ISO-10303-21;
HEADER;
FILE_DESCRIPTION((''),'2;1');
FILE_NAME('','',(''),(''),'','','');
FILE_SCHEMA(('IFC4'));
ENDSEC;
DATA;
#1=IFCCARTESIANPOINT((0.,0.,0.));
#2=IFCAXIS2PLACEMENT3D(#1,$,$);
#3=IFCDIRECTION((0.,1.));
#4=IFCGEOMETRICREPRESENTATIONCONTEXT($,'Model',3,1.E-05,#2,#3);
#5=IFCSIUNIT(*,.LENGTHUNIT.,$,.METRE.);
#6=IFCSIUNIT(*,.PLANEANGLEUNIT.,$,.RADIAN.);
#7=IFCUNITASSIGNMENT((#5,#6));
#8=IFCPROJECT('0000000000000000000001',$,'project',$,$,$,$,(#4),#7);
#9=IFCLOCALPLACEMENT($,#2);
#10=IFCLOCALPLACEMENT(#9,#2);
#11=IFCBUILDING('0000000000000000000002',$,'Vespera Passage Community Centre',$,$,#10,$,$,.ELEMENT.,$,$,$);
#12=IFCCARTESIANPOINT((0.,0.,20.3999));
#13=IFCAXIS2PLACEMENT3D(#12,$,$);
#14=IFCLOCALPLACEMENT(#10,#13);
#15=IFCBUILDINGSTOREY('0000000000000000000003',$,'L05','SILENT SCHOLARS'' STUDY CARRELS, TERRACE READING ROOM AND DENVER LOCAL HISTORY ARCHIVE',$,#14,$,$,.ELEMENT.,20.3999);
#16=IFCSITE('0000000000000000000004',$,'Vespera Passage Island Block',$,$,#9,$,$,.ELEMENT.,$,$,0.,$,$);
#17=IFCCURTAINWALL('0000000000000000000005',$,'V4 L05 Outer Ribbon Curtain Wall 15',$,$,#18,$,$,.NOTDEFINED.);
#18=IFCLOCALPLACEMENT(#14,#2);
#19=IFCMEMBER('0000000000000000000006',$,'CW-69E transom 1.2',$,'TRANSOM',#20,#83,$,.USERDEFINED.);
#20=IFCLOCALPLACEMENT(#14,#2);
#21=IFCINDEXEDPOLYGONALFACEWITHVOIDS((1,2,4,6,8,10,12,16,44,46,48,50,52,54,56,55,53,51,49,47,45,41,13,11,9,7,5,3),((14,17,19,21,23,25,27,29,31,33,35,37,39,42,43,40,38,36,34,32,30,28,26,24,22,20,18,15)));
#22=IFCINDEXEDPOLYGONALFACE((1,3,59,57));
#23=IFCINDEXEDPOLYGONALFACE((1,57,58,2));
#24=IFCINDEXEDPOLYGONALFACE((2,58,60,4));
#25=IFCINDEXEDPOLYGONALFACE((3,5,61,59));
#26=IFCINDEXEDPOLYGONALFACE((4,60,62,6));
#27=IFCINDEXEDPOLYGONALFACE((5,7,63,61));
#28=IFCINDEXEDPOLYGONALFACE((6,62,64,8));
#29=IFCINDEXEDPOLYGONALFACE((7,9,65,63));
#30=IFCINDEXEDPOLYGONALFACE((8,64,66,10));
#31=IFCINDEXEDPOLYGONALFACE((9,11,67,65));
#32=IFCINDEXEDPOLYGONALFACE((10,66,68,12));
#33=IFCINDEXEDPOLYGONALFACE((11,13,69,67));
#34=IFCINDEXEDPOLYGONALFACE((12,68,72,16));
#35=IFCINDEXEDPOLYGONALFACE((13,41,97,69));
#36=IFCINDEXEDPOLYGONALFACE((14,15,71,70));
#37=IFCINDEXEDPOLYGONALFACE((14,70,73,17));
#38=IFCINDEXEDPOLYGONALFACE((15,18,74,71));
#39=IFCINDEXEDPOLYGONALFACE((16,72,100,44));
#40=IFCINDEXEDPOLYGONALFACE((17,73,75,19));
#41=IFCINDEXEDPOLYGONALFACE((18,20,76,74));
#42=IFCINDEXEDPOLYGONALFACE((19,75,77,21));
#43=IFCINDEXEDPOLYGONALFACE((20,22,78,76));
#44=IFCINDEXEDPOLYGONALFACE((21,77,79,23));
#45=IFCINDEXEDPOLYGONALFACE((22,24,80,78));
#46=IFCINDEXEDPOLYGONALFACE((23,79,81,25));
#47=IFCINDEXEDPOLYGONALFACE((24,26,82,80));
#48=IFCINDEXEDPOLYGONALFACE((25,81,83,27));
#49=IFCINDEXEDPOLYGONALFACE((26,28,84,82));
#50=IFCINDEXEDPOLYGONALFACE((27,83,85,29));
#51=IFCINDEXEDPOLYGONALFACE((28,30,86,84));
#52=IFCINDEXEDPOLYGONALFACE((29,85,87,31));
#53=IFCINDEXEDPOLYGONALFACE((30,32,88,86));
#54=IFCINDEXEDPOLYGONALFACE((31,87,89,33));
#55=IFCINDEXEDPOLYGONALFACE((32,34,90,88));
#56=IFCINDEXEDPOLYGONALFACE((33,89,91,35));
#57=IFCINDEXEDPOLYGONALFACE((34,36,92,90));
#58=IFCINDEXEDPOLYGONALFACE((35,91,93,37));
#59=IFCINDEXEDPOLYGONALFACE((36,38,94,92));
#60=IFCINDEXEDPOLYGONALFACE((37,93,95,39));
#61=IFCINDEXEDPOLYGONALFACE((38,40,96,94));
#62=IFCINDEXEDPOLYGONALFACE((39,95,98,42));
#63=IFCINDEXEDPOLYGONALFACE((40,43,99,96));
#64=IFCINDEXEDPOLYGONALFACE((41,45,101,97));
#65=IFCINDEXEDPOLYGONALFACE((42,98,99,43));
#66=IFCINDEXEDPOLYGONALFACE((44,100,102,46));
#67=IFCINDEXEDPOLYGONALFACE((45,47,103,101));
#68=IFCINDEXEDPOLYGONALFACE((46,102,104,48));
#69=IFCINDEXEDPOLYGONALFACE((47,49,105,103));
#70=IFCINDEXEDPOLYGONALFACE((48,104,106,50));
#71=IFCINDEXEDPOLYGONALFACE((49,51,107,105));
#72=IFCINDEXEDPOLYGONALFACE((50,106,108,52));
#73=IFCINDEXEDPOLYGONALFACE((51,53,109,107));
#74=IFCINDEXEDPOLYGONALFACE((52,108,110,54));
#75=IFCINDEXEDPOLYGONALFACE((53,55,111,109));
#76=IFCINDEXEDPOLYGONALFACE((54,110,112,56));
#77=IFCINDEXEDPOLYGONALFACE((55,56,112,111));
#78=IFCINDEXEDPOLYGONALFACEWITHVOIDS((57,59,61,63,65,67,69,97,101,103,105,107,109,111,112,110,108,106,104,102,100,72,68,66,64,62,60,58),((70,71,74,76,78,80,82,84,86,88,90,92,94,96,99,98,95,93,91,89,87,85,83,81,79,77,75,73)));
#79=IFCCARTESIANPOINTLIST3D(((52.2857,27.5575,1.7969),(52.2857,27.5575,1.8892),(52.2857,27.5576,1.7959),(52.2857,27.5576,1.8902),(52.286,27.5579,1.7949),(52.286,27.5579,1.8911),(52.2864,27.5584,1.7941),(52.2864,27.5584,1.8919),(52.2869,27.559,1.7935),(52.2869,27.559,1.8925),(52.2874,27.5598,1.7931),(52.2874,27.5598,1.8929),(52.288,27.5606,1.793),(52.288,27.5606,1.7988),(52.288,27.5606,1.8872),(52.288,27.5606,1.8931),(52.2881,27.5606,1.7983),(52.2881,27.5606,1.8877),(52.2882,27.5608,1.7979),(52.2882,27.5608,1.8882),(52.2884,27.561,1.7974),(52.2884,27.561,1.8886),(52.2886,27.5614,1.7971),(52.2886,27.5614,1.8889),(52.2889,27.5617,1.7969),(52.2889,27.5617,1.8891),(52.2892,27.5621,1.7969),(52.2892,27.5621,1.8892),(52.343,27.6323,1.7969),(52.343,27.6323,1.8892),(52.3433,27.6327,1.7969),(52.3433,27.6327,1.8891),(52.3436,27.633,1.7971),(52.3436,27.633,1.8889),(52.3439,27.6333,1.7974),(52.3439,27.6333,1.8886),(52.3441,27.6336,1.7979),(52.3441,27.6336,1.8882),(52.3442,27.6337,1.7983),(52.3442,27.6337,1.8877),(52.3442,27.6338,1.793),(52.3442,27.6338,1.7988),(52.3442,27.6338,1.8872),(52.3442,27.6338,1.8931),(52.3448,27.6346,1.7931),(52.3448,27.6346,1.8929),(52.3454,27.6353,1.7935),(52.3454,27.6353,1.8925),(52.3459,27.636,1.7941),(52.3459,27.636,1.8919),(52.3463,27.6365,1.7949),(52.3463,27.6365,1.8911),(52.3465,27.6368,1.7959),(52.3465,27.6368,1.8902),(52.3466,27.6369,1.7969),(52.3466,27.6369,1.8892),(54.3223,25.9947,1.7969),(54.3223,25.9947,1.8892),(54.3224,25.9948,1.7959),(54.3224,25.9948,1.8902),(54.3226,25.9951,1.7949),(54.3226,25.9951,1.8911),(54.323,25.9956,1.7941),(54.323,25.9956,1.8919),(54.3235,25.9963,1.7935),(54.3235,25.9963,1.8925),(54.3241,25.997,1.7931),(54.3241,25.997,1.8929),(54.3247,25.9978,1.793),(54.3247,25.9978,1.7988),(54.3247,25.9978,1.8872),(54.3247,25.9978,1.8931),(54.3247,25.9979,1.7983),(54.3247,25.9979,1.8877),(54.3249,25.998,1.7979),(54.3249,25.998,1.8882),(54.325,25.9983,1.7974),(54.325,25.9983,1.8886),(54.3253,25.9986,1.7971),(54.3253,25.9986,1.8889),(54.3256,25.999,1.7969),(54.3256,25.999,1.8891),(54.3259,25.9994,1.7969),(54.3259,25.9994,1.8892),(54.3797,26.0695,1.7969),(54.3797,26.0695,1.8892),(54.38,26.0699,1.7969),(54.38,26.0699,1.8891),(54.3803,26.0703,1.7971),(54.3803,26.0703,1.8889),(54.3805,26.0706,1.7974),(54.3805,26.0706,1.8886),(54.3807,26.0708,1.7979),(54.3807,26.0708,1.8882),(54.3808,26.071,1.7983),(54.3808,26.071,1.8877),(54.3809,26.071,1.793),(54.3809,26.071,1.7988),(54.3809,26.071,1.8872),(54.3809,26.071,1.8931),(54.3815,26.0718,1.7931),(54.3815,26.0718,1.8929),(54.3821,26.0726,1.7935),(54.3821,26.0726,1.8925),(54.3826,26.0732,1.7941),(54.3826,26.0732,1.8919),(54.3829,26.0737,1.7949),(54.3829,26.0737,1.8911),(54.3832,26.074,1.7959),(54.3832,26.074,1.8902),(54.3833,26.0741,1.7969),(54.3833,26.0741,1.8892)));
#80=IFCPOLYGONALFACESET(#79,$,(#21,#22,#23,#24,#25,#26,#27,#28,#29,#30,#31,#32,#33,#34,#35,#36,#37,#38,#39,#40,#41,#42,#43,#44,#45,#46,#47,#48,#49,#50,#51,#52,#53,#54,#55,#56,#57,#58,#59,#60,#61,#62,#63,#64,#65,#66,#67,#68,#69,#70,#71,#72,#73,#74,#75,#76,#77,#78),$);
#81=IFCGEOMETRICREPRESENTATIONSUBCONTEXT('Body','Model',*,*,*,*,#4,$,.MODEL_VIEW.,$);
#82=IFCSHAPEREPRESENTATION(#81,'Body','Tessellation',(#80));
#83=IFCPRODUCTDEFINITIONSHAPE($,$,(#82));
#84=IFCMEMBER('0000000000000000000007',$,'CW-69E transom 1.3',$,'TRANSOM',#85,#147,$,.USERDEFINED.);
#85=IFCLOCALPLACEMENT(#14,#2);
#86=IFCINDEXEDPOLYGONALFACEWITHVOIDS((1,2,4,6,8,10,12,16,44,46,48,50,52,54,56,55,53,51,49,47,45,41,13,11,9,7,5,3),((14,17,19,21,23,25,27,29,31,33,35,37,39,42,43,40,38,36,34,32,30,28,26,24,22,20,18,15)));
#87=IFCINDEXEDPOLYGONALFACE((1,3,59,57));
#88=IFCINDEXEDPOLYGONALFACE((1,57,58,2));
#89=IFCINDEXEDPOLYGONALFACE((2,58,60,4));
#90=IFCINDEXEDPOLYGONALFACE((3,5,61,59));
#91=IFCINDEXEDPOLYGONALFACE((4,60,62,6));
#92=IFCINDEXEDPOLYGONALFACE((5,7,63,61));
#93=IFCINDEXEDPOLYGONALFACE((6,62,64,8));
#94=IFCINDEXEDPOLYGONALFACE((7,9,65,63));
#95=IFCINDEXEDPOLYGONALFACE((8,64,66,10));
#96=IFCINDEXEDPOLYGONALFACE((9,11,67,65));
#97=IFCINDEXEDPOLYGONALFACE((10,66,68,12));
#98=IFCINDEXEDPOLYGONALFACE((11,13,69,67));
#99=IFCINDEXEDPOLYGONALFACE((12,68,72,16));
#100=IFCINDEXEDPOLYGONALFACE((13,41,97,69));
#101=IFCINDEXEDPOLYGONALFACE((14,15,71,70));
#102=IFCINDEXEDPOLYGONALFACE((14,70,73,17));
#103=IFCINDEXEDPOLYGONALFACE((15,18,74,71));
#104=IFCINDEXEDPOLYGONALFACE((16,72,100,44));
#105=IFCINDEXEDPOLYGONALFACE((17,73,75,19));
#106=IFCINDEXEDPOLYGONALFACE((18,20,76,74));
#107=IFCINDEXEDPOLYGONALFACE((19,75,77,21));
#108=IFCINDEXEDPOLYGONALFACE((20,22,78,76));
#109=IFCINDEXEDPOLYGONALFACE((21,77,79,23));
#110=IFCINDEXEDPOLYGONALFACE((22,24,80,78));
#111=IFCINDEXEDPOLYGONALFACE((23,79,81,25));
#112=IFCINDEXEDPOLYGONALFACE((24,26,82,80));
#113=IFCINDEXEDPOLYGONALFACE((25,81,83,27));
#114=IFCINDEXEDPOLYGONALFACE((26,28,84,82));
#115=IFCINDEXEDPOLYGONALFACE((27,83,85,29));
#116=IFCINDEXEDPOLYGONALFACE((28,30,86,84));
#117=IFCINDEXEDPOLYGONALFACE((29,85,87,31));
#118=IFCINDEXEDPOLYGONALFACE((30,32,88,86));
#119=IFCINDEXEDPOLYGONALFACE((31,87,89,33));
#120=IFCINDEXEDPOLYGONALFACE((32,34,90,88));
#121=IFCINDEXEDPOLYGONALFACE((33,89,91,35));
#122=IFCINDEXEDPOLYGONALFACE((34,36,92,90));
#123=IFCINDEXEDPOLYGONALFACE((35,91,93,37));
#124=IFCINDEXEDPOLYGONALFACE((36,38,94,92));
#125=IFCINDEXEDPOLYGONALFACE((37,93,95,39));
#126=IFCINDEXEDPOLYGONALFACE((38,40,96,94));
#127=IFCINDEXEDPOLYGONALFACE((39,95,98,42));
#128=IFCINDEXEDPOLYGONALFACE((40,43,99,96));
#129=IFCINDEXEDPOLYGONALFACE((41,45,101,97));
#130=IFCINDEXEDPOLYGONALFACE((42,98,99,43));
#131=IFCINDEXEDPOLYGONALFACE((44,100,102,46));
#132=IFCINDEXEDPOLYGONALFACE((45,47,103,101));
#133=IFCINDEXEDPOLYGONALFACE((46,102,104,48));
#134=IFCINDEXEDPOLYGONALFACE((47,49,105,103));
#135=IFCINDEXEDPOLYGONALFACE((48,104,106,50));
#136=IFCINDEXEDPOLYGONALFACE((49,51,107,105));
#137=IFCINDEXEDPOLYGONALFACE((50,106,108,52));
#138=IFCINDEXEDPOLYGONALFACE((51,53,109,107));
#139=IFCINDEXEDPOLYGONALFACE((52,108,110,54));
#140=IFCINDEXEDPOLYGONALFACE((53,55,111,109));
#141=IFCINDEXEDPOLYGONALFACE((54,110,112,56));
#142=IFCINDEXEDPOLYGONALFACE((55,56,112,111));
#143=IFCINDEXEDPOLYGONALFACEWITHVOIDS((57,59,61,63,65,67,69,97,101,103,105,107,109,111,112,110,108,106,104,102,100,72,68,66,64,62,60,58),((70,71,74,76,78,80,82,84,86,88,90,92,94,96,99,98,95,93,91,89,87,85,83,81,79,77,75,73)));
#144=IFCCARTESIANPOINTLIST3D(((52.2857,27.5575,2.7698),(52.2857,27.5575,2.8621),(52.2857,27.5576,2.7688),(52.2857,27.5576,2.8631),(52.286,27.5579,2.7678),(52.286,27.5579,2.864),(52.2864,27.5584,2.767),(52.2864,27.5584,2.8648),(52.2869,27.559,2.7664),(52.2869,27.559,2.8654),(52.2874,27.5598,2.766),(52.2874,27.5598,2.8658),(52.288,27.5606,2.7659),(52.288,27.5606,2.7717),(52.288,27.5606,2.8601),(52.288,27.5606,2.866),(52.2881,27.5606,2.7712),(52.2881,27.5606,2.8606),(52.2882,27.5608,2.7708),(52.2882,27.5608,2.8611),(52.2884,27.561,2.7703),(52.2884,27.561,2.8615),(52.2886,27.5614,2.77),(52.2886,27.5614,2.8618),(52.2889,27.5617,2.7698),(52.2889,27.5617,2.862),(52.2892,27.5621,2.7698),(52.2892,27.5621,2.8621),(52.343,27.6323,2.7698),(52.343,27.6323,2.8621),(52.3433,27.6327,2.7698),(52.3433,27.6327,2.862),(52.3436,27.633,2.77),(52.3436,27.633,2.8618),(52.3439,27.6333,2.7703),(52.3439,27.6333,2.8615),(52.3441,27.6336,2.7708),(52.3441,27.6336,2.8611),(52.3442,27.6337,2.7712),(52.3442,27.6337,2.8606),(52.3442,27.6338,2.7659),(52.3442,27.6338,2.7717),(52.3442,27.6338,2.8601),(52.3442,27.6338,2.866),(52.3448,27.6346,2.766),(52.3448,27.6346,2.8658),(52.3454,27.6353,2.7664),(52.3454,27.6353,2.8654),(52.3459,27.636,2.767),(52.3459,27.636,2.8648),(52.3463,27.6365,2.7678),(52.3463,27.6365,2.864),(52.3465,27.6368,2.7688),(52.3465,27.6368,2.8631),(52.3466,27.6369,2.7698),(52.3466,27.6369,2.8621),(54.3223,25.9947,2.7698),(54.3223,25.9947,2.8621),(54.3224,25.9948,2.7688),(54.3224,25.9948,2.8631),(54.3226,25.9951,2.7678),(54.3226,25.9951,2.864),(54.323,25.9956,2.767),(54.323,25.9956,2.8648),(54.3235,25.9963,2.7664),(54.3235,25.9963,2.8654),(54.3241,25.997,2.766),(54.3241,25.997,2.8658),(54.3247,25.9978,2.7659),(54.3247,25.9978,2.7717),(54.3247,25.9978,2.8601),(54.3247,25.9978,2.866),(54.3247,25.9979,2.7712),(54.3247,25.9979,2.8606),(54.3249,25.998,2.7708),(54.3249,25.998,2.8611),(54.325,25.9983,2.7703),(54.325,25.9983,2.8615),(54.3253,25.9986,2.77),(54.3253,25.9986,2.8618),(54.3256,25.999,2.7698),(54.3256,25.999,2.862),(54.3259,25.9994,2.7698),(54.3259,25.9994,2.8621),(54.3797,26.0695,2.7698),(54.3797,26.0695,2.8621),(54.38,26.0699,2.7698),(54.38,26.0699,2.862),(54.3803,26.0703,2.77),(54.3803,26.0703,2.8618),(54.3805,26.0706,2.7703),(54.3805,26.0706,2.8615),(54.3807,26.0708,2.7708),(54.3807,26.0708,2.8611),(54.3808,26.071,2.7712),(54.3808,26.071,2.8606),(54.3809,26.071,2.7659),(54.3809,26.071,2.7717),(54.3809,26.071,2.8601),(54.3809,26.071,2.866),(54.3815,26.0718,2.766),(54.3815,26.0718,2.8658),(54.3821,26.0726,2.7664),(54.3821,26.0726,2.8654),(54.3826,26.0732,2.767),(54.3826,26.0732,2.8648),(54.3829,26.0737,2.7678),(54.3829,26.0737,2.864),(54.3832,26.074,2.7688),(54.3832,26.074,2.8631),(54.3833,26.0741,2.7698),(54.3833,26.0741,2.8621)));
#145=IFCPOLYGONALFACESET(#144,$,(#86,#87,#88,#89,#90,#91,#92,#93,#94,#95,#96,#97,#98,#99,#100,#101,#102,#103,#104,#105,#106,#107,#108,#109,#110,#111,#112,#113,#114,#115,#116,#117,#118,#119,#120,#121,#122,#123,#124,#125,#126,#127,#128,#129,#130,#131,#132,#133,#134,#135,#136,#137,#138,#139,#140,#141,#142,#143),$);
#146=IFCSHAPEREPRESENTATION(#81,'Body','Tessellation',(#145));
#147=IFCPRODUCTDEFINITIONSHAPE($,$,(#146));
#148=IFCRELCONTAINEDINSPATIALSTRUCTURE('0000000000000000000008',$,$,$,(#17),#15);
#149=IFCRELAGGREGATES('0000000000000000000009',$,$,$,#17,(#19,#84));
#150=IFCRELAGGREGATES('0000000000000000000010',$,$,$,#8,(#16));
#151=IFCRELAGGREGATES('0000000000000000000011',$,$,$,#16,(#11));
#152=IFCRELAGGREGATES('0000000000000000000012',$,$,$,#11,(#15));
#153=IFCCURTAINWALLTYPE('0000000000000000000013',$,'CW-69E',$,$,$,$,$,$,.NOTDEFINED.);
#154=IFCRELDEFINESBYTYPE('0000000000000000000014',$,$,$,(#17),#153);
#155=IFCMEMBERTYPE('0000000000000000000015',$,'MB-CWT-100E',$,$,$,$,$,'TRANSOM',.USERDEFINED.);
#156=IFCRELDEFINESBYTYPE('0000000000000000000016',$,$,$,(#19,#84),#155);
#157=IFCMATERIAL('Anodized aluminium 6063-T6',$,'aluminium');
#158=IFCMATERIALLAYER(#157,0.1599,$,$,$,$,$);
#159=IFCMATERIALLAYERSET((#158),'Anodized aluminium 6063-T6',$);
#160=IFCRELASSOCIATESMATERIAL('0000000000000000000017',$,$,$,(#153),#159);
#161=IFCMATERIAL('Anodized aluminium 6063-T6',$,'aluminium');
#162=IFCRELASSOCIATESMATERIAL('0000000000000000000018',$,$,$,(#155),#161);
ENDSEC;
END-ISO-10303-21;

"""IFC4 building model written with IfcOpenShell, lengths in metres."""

from ifc_helpers import new_model, si_unit, direction, frame, origin, origin_2d, place, context, subcontext, project, spatial, hollow_rectangle, extrude, material, layer, layer_set, material_profile, profile_set, type_object, element, aggregate, save


model = new_model("IFC4")

# Units and contexts
model_context = context("Model", 3, precision=1e-05, world=origin(), true_north=direction((0.0, 1.0)))
body_context = subcontext(model_context, "Body", "Model", "MODEL_VIEW")
ifc_project = project(units=[si_unit("LENGTHUNIT", "METRE"), si_unit("PLANEANGLEUNIT", "RADIAN")], contexts=[model_context])

# Site, building, storey
site_placement = place(None, origin())
site = spatial("IfcSite", under=ifc_project, at=site_placement, Name="Vespera Passage Island Block", CompositionType="ELEMENT", RefElevation=0.0)
building_placement = place(site_placement, origin())
building = spatial("IfcBuilding", under=site, at=building_placement, Name="Vespera Passage Community Centre", CompositionType="ELEMENT")
storey_placement = place(building_placement, frame((0.0, 0.0, 20.3999)))
storey = spatial("IfcBuildingStorey", under=building, at=storey_placement, Name="L05", Description="SILENT SCHOLARS' STUDY CARRELS, TERRACE READING ROOM AND DENVER LOCAL HISTORY ARCHIVE", CompositionType="ELEMENT", Elevation=20.3999)

# Curtain wall
ifc_material_1 = material(Name="Anodized aluminium 6063-T6", Category="aluminium")
ifc_layer_1 = layer(ifc_material_1, 0.1599)
ifc_layer_set_1 = layer_set([ifc_layer_1], Name="Anodized aluminium 6063-T6")
curtain_wall_type_1 = type_object("IfcCurtainWallType", Name="CW-69E", PredefinedType="NOTDEFINED", material=ifc_layer_set_1)
curtain_wall_1_placement = place(storey_placement, origin())
curtain_wall_1 = element("IfcCurtainWall", 1, at=curtain_wall_1_placement, inside=storey, type_object=curtain_wall_type_1, Name="V4 L05 Outer Ribbon Curtain Wall 15", PredefinedType="NOTDEFINED")

# Members
ifc_material_2 = material(Name="Anodized aluminium 6063-T6", Category="aluminium")
ifc_material_profile_1 = material_profile(ifc_material_2, hollow_rectangle(XDim=0.1001, YDim=0.1001, WallThickness=0.0039, InnerFilletRadius=0.002, OuterFilletRadius=0.0039, at=origin_2d()), Name="ALU100X100X4")
ifc_profile_set_1 = profile_set([ifc_material_profile_1], Name="Anodized aluminium 6063-T6")
member_type_1 = type_object("IfcMemberType", Name="MB-CWT-100E", ElementType="TRANSOM", PredefinedType="USERDEFINED", material=ifc_profile_set_1)
member_1_placement = place(storey_placement, frame((54.3528, 26.0344, 1.843), z_axis=(-0.793355, 0.608759, 0.0), x_axis=(-0.608759, -0.793355, 0.0)))
member_1 = element("IfcMember", 2, at=member_1_placement, type_object=member_type_1, Name="CW-69E transom 1.2", ObjectType="TRANSOM", PredefinedType="USERDEFINED", context=body_context, shape_type="SweptSolid", body=[
    extrude(hollow_rectangle(XDim=0.1001, YDim=0.1001, WallThickness=0.0039, InnerFilletRadius=0.002, OuterFilletRadius=0.0039, at=origin_2d()), origin(), (0.0, 0.0, 1.0), 2.5671),
])
member_2_placement = place(storey_placement, frame((54.3528, 26.0344, 2.8159), z_axis=(-0.793355, 0.608759, 0.0), x_axis=(-0.608759, -0.793355, 0.0)))
member_2 = element("IfcMember", 3, at=member_2_placement, type_object=member_type_1, Name="CW-69E transom 1.3", ObjectType="TRANSOM", PredefinedType="USERDEFINED", context=body_context, shape_type="SweptSolid", body=[
    extrude(hollow_rectangle(XDim=0.1001, YDim=0.1001, WallThickness=0.0039, InnerFilletRadius=0.002, OuterFilletRadius=0.0039, at=origin_2d()), origin(), (0.0, 0.0, 1.0), 2.5671),
])

aggregate(curtain_wall_1, [member_1, member_2])

save(model, "model.ifc")
